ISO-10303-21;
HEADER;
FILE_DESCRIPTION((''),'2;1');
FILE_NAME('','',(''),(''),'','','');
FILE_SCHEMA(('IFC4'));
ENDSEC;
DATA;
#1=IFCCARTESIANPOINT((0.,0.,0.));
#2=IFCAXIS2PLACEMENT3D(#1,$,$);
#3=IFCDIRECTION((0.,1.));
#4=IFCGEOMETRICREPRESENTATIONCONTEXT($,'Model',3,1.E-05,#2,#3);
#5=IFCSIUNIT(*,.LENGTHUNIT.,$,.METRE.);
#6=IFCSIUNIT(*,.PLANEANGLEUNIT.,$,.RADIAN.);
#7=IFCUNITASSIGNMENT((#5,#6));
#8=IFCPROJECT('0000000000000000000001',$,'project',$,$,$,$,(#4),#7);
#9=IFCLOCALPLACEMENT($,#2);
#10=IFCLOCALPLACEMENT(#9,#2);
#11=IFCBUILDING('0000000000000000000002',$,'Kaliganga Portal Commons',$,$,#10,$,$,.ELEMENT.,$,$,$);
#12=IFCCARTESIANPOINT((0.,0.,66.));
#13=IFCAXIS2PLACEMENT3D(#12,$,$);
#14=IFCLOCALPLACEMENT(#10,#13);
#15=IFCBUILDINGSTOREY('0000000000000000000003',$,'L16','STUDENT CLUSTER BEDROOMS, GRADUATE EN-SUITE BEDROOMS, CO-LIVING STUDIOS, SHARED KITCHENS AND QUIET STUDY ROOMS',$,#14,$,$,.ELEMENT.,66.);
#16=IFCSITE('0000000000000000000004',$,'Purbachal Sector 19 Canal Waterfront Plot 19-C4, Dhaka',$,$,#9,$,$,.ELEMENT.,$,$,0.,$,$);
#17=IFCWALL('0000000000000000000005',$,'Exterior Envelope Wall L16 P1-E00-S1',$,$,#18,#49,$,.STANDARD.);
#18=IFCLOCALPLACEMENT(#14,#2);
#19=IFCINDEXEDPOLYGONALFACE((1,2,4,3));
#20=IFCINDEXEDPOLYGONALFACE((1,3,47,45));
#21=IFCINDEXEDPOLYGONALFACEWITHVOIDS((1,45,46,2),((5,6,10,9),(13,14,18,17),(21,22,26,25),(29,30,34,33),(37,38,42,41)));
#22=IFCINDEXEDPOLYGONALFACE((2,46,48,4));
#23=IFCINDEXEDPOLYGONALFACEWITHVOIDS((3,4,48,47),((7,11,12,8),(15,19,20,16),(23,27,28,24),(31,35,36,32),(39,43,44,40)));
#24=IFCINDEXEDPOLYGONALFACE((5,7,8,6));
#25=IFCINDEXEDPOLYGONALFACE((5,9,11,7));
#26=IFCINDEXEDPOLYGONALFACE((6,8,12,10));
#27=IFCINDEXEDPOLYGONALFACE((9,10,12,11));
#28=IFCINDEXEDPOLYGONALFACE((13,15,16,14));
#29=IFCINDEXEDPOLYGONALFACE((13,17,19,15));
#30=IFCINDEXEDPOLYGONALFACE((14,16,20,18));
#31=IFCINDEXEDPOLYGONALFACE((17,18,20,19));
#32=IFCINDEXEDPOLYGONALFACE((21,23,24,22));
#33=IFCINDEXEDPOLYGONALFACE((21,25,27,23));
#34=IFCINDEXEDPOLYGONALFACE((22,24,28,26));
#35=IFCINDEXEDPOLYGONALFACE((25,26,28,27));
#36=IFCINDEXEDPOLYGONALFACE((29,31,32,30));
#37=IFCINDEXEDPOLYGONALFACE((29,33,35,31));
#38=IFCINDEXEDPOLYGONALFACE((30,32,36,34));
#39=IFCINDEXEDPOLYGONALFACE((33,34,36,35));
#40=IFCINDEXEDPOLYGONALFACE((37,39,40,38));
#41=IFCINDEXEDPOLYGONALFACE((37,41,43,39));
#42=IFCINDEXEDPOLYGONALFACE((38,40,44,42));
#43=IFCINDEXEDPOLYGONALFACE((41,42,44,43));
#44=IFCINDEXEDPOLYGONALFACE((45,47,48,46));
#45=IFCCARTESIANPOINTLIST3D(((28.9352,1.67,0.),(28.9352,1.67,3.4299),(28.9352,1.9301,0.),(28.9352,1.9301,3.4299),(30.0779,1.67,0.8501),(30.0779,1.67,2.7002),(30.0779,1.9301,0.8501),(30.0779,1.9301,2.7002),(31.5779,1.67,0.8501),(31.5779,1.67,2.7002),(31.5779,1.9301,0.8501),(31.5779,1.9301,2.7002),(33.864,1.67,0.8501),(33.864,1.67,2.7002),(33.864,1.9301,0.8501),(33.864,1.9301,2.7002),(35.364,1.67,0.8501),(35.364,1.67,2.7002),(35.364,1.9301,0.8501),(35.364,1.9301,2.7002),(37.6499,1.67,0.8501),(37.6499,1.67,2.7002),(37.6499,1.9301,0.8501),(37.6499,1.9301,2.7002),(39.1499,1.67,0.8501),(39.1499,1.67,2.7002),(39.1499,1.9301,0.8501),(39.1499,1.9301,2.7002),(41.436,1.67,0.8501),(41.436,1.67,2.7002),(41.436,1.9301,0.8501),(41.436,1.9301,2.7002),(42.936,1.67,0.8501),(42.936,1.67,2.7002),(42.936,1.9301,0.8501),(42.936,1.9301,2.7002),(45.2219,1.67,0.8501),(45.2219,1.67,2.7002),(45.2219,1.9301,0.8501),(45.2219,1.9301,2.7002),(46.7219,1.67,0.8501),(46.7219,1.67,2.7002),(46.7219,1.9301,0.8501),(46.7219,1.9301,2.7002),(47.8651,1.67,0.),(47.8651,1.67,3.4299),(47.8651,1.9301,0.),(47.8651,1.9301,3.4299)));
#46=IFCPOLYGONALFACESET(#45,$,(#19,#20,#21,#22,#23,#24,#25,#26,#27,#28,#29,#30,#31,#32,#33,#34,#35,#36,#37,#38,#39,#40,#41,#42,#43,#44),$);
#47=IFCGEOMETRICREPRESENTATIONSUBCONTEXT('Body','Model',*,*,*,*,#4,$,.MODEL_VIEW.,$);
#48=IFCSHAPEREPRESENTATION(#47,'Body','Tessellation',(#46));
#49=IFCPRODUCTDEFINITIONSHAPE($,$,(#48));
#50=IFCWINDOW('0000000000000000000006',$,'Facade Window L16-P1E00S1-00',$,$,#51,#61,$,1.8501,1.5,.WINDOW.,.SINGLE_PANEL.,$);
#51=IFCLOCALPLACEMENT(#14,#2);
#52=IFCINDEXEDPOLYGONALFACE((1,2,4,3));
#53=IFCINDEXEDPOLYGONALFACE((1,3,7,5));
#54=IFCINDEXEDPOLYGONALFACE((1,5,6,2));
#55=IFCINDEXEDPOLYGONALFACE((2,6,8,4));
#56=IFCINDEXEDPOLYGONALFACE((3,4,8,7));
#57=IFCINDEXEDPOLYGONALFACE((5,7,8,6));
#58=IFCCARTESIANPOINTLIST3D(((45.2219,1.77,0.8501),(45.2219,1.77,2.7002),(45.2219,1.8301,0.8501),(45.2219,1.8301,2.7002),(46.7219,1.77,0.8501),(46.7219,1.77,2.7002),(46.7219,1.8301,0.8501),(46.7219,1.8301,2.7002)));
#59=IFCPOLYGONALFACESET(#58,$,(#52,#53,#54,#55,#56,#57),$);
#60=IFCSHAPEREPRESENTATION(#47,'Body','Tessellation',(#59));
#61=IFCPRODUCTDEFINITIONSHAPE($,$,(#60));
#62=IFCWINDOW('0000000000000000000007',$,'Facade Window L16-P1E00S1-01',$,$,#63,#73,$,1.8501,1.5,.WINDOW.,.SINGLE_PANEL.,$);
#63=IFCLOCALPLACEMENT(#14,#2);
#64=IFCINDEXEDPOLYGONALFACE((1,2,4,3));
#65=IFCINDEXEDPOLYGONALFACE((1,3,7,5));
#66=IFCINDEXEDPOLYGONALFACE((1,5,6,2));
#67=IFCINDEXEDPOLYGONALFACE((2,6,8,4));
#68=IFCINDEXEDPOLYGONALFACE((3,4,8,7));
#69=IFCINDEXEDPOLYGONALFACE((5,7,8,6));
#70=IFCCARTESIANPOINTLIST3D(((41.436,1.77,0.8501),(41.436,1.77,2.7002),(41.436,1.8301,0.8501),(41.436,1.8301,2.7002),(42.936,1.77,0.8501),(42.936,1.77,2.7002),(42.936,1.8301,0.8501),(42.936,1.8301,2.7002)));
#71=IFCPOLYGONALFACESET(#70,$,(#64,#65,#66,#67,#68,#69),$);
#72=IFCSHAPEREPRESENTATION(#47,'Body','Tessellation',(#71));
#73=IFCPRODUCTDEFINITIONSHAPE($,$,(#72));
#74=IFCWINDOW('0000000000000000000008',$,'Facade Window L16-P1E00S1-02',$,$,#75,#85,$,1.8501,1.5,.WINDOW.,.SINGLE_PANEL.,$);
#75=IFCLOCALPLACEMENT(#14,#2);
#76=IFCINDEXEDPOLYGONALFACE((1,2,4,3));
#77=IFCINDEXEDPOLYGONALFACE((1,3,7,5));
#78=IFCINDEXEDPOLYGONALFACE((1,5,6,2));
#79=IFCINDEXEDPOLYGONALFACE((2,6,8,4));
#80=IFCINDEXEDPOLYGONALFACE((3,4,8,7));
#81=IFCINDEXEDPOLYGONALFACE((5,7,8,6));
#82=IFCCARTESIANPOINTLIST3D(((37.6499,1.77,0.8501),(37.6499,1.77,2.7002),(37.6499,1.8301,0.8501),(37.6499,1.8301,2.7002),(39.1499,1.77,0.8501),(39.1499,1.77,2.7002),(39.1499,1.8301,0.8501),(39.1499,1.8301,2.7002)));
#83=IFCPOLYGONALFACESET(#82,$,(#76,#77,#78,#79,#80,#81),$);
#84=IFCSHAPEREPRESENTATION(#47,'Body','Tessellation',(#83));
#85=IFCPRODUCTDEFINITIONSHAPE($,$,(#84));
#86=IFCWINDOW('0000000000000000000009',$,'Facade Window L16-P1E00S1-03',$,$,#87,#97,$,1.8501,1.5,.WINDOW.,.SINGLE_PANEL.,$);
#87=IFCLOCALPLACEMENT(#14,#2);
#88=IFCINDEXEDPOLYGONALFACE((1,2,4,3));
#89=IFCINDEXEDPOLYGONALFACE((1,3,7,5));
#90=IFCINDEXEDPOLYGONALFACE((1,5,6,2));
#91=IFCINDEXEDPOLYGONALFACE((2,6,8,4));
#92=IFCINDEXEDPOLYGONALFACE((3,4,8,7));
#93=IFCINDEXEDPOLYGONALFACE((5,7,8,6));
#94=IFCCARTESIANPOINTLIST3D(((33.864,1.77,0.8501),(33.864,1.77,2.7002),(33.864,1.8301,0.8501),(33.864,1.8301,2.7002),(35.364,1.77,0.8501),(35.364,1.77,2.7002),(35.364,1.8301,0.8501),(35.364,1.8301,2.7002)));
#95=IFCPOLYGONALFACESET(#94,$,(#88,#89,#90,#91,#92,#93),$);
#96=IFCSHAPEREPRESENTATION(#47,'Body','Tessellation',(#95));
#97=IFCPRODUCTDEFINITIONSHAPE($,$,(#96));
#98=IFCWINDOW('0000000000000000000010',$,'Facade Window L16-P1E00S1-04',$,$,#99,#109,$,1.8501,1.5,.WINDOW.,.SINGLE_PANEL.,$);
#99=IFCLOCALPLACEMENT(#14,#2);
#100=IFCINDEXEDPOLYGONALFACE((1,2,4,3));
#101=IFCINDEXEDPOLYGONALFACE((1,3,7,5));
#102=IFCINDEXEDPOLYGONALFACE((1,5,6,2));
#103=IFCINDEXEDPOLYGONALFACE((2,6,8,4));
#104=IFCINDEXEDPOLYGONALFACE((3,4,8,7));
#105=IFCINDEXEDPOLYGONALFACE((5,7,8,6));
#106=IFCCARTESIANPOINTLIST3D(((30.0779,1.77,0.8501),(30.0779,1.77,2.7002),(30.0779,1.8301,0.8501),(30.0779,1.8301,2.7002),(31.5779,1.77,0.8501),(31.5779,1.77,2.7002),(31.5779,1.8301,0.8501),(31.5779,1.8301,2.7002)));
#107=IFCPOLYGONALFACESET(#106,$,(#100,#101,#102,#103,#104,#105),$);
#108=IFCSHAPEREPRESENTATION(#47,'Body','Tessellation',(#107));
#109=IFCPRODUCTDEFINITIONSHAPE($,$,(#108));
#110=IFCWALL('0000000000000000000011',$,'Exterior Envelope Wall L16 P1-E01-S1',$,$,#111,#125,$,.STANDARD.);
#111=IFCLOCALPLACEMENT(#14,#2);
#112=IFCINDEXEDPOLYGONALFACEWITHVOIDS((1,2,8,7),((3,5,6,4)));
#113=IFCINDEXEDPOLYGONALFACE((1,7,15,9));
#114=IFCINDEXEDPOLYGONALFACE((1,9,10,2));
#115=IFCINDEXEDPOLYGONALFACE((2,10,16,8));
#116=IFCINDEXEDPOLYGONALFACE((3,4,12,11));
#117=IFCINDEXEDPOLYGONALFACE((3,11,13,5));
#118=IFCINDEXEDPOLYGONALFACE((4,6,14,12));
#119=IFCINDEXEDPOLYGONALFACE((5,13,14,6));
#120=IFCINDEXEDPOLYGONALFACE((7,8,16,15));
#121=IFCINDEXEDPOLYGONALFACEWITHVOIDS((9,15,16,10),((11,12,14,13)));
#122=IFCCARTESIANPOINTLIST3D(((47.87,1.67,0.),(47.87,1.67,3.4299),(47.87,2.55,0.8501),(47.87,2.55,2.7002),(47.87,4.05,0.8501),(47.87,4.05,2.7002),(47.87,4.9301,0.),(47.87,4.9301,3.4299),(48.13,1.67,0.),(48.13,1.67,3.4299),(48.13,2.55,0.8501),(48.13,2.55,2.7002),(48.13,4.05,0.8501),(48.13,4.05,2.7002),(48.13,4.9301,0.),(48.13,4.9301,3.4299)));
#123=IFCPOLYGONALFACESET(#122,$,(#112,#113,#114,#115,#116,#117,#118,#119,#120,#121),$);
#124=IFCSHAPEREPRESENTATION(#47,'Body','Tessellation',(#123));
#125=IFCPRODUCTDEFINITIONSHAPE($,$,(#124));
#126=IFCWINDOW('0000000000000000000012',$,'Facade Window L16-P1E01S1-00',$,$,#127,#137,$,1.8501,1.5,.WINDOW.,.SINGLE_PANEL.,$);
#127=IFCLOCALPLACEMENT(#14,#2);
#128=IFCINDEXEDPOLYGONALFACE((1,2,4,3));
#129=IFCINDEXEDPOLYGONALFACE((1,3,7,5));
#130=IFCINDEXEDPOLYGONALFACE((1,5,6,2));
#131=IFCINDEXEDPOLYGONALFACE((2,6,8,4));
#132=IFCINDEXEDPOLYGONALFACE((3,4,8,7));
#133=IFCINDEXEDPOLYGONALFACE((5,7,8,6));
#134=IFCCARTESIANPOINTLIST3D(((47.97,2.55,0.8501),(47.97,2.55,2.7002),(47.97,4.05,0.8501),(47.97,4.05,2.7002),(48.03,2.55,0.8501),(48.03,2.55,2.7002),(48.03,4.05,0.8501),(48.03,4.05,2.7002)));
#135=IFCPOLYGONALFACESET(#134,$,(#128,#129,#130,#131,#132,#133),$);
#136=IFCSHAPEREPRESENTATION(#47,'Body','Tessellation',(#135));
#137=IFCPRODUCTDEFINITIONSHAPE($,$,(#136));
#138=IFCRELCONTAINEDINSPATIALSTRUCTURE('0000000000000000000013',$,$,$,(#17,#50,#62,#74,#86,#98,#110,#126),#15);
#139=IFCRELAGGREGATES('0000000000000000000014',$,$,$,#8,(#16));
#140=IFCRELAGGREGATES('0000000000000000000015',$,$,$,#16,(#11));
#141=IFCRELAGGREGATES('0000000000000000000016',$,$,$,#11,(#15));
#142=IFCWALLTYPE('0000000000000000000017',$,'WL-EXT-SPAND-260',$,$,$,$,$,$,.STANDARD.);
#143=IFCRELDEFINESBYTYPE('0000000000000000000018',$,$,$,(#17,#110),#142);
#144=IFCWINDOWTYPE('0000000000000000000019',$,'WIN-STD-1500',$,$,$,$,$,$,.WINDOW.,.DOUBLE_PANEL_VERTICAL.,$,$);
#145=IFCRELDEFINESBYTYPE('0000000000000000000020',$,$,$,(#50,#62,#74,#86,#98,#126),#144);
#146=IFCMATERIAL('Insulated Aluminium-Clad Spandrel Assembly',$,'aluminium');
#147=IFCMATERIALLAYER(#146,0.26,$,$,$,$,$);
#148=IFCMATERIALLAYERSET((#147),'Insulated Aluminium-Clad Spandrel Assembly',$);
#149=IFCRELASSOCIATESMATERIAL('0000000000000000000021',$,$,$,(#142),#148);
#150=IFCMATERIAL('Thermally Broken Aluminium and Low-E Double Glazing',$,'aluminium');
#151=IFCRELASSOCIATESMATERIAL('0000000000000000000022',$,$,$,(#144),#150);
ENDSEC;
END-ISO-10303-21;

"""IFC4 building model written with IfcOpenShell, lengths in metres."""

from ifc_helpers import new_model, si_unit, direction, frame, frame_2d, origin, place, context, subcontext, project, spatial, rectangle, extrude, material, layer, layer_set, type_object, element, fill, save


model = new_model("IFC4")

# Units and contexts
model_context = context("Model", 3, precision=1e-05, world=origin(), true_north=direction((0.0, 1.0)))
body_context = subcontext(model_context, "Body", "Model", "MODEL_VIEW")
ifc_project = project(units=[si_unit("LENGTHUNIT", "METRE"), si_unit("PLANEANGLEUNIT", "RADIAN")], contexts=[model_context])

# Site, building, storey
site_placement = place(None, origin())
site = spatial("IfcSite", under=ifc_project, at=site_placement, Name="Purbachal Sector 19 Canal Waterfront Plot 19-C4, Dhaka", CompositionType="ELEMENT", RefElevation=0.0)
building_placement = place(site_placement, origin())
building = spatial("IfcBuilding", under=site, at=building_placement, Name="Kaliganga Portal Commons", CompositionType="ELEMENT")
storey_placement = place(building_placement, frame((0.0, 0.0, 66.0)))
storey = spatial("IfcBuildingStorey", under=building, at=storey_placement, Name="L16", Description="STUDENT CLUSTER BEDROOMS, GRADUATE EN-SUITE BEDROOMS, CO-LIVING STUDIOS, SHARED KITCHENS AND QUIET STUDY ROOMS", CompositionType="ELEMENT", Elevation=66.0)

# Wall, openings, windows
ifc_material_1 = material(Name="Insulated Aluminium-Clad Spandrel Assembly", Category="aluminium")
ifc_layer_1 = layer(ifc_material_1, 0.26)
ifc_layer_set_1 = layer_set([ifc_layer_1], Name="Insulated Aluminium-Clad Spandrel Assembly")
wall_type_1 = type_object("IfcWallType", Name="WL-EXT-SPAND-260", PredefinedType="STANDARD", material=ifc_layer_set_1)
wall_1_placement = place(storey_placement, frame((47.865, 1.8, 0.0), z_axis=(0.0, 0.0, 1.0), x_axis=(-1.0, 0.0, 0.0)))
wall_1 = element("IfcWall", 1, at=wall_1_placement, inside=storey, type_object=wall_type_1, Name="Exterior Envelope Wall L16 P1-E00-S1", PredefinedType="STANDARD", context=body_context, shape_type="SweptSolid", body=[
    extrude(rectangle(XDim=18.9299, YDim=0.26, at=frame_2d((9.4648, 0.0))), origin(), (0.0, 0.0, 1.0), 3.4299),
])
opening_1_placement = place(wall_1_placement, frame((1.1431, 0.0, 0.8501)))
opening_1 = element("IfcOpeningElement", 2, at=opening_1_placement, cuts=wall_1, PredefinedType="OPENING", context=body_context, shape_type="SweptSolid", body=[
    extrude(rectangle(XDim=1.5, YDim=1.8501, at=frame_2d((0.75, 0.925))), frame((0.0, 0.1401, 0.0), z_axis=(0.0, -1.0, 0.0), x_axis=(1.0, 0.0, 0.0)), (0.0, 0.0, 1.0), 0.28),
])
opening_2_placement = place(wall_1_placement, frame((4.929, 0.0, 0.8501)))
opening_2 = element("IfcOpeningElement", 3, at=opening_2_placement, cuts=wall_1, PredefinedType="OPENING", context=body_context, shape_type="SweptSolid", body=[
    extrude(rectangle(XDim=1.5, YDim=1.8501, at=frame_2d((0.75, 0.925))), frame((0.0, 0.1401, 0.0), z_axis=(0.0, -1.0, 0.0), x_axis=(1.0, 0.0, 0.0)), (0.0, 0.0, 1.0), 0.28),
])
opening_3_placement = place(wall_1_placement, frame((8.7151, 0.0, 0.8501)))
opening_3 = element("IfcOpeningElement", 4, at=opening_3_placement, cuts=wall_1, PredefinedType="OPENING", context=body_context, shape_type="SweptSolid", body=[
    extrude(rectangle(XDim=1.5, YDim=1.8501, at=frame_2d((0.75, 0.925))), frame((0.0, 0.1401, 0.0), z_axis=(0.0, -1.0, 0.0), x_axis=(1.0, 0.0, 0.0)), (0.0, 0.0, 1.0), 0.28),
])
opening_4_placement = place(wall_1_placement, frame((12.501, 0.0, 0.8501)))
opening_4 = element("IfcOpeningElement", 5, at=opening_4_placement, cuts=wall_1, PredefinedType="OPENING", context=body_context, shape_type="SweptSolid", body=[
    extrude(rectangle(XDim=1.5, YDim=1.8501, at=frame_2d((0.75, 0.925))), frame((0.0, 0.1401, 0.0), z_axis=(0.0, -1.0, 0.0), x_axis=(1.0, 0.0, 0.0)), (0.0, 0.0, 1.0), 0.28),
])
opening_5_placement = place(wall_1_placement, frame((16.2871, 0.0, 0.8501)))
opening_5 = element("IfcOpeningElement", 6, at=opening_5_placement, cuts=wall_1, PredefinedType="OPENING", context=body_context, shape_type="SweptSolid", body=[
    extrude(rectangle(XDim=1.5, YDim=1.8501, at=frame_2d((0.75, 0.925))), frame((0.0, 0.1401, 0.0), z_axis=(0.0, -1.0, 0.0), x_axis=(1.0, 0.0, 0.0)), (0.0, 0.0, 1.0), 0.28),
])
ifc_material_2 = material(Name="Thermally Broken Aluminium and Low-E Double Glazing", Category="aluminium")
window_type = type_object("IfcWindowType", Name="WIN-STD-1500", PartitioningType="DOUBLE_PANEL_VERTICAL", PredefinedType="WINDOW", material=ifc_material_2)
window_1_placement = place(opening_1_placement, origin())
window_1 = element("IfcWindow", 7, at=window_1_placement, inside=storey, type_object=window_type, Name="Facade Window L16-P1E00S1-00", OverallHeight=1.8501, OverallWidth=1.5, PartitioningType="SINGLE_PANEL", PredefinedType="WINDOW", context=body_context, shape_type="SweptSolid", body=[
    extrude(rectangle(XDim=1.5, YDim=1.8501, at=frame_2d((0.75, 0.925))), frame((0.0, 0.03, 0.0), z_axis=(0.0, -1.0, 0.0), x_axis=(1.0, 0.0, 0.0)), (0.0, 0.0, 1.0), 0.0601),
])
fill(opening_1, window_1)
window_2_placement = place(opening_2_placement, origin())
window_2 = element("IfcWindow", 8, at=window_2_placement, inside=storey, type_object=window_type, Name="Facade Window L16-P1E00S1-01", OverallHeight=1.8501, OverallWidth=1.5, PartitioningType="SINGLE_PANEL", PredefinedType="WINDOW", context=body_context, shape_type="SweptSolid", body=[
    extrude(rectangle(XDim=1.5, YDim=1.8501, at=frame_2d((0.75, 0.925))), frame((0.0, 0.03, 0.0), z_axis=(0.0, -1.0, 0.0), x_axis=(1.0, 0.0, 0.0)), (0.0, 0.0, 1.0), 0.0601),
])
fill(opening_2, window_2)
window_3_placement = place(opening_3_placement, origin())
window_3 = element("IfcWindow", 9, at=window_3_placement, inside=storey, type_object=window_type, Name="Facade Window L16-P1E00S1-02", OverallHeight=1.8501, OverallWidth=1.5, PartitioningType="SINGLE_PANEL", PredefinedType="WINDOW", context=body_context, shape_type="SweptSolid", body=[
    extrude(rectangle(XDim=1.5, YDim=1.8501, at=frame_2d((0.75, 0.925))), frame((0.0, 0.03, 0.0), z_axis=(0.0, -1.0, 0.0), x_axis=(1.0, 0.0, 0.0)), (0.0, 0.0, 1.0), 0.0601),
])
fill(opening_3, window_3)
window_4_placement = place(opening_4_placement, origin())
window_4 = element("IfcWindow", 10, at=window_4_placement, inside=storey, type_object=window_type, Name="Facade Window L16-P1E00S1-03", OverallHeight=1.8501, OverallWidth=1.5, PartitioningType="SINGLE_PANEL", PredefinedType="WINDOW", context=body_context, shape_type="SweptSolid", body=[
    extrude(rectangle(XDim=1.5, YDim=1.8501, at=frame_2d((0.75, 0.925))), frame((0.0, 0.03, 0.0), z_axis=(0.0, -1.0, 0.0), x_axis=(1.0, 0.0, 0.0)), (0.0, 0.0, 1.0), 0.0601),
])
fill(opening_4, window_4)
window_5_placement = place(opening_5_placement, origin())
window_5 = element("IfcWindow", 11, at=window_5_placement, inside=storey, type_object=window_type, Name="Facade Window L16-P1E00S1-04", OverallHeight=1.8501, OverallWidth=1.5, PartitioningType="SINGLE_PANEL", PredefinedType="WINDOW", context=body_context, shape_type="SweptSolid", body=[
    extrude(rectangle(XDim=1.5, YDim=1.8501, at=frame_2d((0.75, 0.925))), frame((0.0, 0.03, 0.0), z_axis=(0.0, -1.0, 0.0), x_axis=(1.0, 0.0, 0.0)), (0.0, 0.0, 1.0), 0.0601),
])
fill(opening_5, window_5)

# Wall, opening, window
wall_2_placement = place(storey_placement, frame((48.0, 4.9299, 0.0), z_axis=(0.0, 0.0, 1.0), x_axis=(0.0, -1.0, 0.0)))
wall_2 = element("IfcWall", 12, at=wall_2_placement, inside=storey, type_object=wall_type_1, Name="Exterior Envelope Wall L16 P1-E01-S1", PredefinedType="STANDARD", context=body_context, shape_type="SweptSolid", body=[
    extrude(rectangle(XDim=3.26, YDim=0.26, at=frame_2d((1.6299, 0.0))), origin(), (0.0, 0.0, 1.0), 3.4299),
])
opening_6_placement = place(wall_2_placement, frame((0.8799, 0.0, 0.8501)))
opening_6 = element("IfcOpeningElement", 13, at=opening_6_placement, cuts=wall_2, PredefinedType="OPENING", context=body_context, shape_type="SweptSolid", body=[
    extrude(rectangle(XDim=1.5, YDim=1.8501, at=frame_2d((0.75, 0.925))), frame((0.0, 0.1401, 0.0), z_axis=(0.0, -1.0, 0.0), x_axis=(1.0, 0.0, 0.0)), (0.0, 0.0, 1.0), 0.28),
])
window_6_placement = place(opening_6_placement, origin())
window_6 = element("IfcWindow", 14, at=window_6_placement, inside=storey, type_object=window_type, Name="Facade Window L16-P1E01S1-00", OverallHeight=1.8501, OverallWidth=1.5, PartitioningType="SINGLE_PANEL", PredefinedType="WINDOW", context=body_context, shape_type="SweptSolid", body=[
    extrude(rectangle(XDim=1.5, YDim=1.8501, at=frame_2d((0.75, 0.925))), frame((0.0, 0.03, 0.0), z_axis=(0.0, -1.0, 0.0), x_axis=(1.0, 0.0, 0.0)), (0.0, 0.0, 1.0), 0.0601),
])
fill(opening_6, window_6)

save(model, "model.ifc")
